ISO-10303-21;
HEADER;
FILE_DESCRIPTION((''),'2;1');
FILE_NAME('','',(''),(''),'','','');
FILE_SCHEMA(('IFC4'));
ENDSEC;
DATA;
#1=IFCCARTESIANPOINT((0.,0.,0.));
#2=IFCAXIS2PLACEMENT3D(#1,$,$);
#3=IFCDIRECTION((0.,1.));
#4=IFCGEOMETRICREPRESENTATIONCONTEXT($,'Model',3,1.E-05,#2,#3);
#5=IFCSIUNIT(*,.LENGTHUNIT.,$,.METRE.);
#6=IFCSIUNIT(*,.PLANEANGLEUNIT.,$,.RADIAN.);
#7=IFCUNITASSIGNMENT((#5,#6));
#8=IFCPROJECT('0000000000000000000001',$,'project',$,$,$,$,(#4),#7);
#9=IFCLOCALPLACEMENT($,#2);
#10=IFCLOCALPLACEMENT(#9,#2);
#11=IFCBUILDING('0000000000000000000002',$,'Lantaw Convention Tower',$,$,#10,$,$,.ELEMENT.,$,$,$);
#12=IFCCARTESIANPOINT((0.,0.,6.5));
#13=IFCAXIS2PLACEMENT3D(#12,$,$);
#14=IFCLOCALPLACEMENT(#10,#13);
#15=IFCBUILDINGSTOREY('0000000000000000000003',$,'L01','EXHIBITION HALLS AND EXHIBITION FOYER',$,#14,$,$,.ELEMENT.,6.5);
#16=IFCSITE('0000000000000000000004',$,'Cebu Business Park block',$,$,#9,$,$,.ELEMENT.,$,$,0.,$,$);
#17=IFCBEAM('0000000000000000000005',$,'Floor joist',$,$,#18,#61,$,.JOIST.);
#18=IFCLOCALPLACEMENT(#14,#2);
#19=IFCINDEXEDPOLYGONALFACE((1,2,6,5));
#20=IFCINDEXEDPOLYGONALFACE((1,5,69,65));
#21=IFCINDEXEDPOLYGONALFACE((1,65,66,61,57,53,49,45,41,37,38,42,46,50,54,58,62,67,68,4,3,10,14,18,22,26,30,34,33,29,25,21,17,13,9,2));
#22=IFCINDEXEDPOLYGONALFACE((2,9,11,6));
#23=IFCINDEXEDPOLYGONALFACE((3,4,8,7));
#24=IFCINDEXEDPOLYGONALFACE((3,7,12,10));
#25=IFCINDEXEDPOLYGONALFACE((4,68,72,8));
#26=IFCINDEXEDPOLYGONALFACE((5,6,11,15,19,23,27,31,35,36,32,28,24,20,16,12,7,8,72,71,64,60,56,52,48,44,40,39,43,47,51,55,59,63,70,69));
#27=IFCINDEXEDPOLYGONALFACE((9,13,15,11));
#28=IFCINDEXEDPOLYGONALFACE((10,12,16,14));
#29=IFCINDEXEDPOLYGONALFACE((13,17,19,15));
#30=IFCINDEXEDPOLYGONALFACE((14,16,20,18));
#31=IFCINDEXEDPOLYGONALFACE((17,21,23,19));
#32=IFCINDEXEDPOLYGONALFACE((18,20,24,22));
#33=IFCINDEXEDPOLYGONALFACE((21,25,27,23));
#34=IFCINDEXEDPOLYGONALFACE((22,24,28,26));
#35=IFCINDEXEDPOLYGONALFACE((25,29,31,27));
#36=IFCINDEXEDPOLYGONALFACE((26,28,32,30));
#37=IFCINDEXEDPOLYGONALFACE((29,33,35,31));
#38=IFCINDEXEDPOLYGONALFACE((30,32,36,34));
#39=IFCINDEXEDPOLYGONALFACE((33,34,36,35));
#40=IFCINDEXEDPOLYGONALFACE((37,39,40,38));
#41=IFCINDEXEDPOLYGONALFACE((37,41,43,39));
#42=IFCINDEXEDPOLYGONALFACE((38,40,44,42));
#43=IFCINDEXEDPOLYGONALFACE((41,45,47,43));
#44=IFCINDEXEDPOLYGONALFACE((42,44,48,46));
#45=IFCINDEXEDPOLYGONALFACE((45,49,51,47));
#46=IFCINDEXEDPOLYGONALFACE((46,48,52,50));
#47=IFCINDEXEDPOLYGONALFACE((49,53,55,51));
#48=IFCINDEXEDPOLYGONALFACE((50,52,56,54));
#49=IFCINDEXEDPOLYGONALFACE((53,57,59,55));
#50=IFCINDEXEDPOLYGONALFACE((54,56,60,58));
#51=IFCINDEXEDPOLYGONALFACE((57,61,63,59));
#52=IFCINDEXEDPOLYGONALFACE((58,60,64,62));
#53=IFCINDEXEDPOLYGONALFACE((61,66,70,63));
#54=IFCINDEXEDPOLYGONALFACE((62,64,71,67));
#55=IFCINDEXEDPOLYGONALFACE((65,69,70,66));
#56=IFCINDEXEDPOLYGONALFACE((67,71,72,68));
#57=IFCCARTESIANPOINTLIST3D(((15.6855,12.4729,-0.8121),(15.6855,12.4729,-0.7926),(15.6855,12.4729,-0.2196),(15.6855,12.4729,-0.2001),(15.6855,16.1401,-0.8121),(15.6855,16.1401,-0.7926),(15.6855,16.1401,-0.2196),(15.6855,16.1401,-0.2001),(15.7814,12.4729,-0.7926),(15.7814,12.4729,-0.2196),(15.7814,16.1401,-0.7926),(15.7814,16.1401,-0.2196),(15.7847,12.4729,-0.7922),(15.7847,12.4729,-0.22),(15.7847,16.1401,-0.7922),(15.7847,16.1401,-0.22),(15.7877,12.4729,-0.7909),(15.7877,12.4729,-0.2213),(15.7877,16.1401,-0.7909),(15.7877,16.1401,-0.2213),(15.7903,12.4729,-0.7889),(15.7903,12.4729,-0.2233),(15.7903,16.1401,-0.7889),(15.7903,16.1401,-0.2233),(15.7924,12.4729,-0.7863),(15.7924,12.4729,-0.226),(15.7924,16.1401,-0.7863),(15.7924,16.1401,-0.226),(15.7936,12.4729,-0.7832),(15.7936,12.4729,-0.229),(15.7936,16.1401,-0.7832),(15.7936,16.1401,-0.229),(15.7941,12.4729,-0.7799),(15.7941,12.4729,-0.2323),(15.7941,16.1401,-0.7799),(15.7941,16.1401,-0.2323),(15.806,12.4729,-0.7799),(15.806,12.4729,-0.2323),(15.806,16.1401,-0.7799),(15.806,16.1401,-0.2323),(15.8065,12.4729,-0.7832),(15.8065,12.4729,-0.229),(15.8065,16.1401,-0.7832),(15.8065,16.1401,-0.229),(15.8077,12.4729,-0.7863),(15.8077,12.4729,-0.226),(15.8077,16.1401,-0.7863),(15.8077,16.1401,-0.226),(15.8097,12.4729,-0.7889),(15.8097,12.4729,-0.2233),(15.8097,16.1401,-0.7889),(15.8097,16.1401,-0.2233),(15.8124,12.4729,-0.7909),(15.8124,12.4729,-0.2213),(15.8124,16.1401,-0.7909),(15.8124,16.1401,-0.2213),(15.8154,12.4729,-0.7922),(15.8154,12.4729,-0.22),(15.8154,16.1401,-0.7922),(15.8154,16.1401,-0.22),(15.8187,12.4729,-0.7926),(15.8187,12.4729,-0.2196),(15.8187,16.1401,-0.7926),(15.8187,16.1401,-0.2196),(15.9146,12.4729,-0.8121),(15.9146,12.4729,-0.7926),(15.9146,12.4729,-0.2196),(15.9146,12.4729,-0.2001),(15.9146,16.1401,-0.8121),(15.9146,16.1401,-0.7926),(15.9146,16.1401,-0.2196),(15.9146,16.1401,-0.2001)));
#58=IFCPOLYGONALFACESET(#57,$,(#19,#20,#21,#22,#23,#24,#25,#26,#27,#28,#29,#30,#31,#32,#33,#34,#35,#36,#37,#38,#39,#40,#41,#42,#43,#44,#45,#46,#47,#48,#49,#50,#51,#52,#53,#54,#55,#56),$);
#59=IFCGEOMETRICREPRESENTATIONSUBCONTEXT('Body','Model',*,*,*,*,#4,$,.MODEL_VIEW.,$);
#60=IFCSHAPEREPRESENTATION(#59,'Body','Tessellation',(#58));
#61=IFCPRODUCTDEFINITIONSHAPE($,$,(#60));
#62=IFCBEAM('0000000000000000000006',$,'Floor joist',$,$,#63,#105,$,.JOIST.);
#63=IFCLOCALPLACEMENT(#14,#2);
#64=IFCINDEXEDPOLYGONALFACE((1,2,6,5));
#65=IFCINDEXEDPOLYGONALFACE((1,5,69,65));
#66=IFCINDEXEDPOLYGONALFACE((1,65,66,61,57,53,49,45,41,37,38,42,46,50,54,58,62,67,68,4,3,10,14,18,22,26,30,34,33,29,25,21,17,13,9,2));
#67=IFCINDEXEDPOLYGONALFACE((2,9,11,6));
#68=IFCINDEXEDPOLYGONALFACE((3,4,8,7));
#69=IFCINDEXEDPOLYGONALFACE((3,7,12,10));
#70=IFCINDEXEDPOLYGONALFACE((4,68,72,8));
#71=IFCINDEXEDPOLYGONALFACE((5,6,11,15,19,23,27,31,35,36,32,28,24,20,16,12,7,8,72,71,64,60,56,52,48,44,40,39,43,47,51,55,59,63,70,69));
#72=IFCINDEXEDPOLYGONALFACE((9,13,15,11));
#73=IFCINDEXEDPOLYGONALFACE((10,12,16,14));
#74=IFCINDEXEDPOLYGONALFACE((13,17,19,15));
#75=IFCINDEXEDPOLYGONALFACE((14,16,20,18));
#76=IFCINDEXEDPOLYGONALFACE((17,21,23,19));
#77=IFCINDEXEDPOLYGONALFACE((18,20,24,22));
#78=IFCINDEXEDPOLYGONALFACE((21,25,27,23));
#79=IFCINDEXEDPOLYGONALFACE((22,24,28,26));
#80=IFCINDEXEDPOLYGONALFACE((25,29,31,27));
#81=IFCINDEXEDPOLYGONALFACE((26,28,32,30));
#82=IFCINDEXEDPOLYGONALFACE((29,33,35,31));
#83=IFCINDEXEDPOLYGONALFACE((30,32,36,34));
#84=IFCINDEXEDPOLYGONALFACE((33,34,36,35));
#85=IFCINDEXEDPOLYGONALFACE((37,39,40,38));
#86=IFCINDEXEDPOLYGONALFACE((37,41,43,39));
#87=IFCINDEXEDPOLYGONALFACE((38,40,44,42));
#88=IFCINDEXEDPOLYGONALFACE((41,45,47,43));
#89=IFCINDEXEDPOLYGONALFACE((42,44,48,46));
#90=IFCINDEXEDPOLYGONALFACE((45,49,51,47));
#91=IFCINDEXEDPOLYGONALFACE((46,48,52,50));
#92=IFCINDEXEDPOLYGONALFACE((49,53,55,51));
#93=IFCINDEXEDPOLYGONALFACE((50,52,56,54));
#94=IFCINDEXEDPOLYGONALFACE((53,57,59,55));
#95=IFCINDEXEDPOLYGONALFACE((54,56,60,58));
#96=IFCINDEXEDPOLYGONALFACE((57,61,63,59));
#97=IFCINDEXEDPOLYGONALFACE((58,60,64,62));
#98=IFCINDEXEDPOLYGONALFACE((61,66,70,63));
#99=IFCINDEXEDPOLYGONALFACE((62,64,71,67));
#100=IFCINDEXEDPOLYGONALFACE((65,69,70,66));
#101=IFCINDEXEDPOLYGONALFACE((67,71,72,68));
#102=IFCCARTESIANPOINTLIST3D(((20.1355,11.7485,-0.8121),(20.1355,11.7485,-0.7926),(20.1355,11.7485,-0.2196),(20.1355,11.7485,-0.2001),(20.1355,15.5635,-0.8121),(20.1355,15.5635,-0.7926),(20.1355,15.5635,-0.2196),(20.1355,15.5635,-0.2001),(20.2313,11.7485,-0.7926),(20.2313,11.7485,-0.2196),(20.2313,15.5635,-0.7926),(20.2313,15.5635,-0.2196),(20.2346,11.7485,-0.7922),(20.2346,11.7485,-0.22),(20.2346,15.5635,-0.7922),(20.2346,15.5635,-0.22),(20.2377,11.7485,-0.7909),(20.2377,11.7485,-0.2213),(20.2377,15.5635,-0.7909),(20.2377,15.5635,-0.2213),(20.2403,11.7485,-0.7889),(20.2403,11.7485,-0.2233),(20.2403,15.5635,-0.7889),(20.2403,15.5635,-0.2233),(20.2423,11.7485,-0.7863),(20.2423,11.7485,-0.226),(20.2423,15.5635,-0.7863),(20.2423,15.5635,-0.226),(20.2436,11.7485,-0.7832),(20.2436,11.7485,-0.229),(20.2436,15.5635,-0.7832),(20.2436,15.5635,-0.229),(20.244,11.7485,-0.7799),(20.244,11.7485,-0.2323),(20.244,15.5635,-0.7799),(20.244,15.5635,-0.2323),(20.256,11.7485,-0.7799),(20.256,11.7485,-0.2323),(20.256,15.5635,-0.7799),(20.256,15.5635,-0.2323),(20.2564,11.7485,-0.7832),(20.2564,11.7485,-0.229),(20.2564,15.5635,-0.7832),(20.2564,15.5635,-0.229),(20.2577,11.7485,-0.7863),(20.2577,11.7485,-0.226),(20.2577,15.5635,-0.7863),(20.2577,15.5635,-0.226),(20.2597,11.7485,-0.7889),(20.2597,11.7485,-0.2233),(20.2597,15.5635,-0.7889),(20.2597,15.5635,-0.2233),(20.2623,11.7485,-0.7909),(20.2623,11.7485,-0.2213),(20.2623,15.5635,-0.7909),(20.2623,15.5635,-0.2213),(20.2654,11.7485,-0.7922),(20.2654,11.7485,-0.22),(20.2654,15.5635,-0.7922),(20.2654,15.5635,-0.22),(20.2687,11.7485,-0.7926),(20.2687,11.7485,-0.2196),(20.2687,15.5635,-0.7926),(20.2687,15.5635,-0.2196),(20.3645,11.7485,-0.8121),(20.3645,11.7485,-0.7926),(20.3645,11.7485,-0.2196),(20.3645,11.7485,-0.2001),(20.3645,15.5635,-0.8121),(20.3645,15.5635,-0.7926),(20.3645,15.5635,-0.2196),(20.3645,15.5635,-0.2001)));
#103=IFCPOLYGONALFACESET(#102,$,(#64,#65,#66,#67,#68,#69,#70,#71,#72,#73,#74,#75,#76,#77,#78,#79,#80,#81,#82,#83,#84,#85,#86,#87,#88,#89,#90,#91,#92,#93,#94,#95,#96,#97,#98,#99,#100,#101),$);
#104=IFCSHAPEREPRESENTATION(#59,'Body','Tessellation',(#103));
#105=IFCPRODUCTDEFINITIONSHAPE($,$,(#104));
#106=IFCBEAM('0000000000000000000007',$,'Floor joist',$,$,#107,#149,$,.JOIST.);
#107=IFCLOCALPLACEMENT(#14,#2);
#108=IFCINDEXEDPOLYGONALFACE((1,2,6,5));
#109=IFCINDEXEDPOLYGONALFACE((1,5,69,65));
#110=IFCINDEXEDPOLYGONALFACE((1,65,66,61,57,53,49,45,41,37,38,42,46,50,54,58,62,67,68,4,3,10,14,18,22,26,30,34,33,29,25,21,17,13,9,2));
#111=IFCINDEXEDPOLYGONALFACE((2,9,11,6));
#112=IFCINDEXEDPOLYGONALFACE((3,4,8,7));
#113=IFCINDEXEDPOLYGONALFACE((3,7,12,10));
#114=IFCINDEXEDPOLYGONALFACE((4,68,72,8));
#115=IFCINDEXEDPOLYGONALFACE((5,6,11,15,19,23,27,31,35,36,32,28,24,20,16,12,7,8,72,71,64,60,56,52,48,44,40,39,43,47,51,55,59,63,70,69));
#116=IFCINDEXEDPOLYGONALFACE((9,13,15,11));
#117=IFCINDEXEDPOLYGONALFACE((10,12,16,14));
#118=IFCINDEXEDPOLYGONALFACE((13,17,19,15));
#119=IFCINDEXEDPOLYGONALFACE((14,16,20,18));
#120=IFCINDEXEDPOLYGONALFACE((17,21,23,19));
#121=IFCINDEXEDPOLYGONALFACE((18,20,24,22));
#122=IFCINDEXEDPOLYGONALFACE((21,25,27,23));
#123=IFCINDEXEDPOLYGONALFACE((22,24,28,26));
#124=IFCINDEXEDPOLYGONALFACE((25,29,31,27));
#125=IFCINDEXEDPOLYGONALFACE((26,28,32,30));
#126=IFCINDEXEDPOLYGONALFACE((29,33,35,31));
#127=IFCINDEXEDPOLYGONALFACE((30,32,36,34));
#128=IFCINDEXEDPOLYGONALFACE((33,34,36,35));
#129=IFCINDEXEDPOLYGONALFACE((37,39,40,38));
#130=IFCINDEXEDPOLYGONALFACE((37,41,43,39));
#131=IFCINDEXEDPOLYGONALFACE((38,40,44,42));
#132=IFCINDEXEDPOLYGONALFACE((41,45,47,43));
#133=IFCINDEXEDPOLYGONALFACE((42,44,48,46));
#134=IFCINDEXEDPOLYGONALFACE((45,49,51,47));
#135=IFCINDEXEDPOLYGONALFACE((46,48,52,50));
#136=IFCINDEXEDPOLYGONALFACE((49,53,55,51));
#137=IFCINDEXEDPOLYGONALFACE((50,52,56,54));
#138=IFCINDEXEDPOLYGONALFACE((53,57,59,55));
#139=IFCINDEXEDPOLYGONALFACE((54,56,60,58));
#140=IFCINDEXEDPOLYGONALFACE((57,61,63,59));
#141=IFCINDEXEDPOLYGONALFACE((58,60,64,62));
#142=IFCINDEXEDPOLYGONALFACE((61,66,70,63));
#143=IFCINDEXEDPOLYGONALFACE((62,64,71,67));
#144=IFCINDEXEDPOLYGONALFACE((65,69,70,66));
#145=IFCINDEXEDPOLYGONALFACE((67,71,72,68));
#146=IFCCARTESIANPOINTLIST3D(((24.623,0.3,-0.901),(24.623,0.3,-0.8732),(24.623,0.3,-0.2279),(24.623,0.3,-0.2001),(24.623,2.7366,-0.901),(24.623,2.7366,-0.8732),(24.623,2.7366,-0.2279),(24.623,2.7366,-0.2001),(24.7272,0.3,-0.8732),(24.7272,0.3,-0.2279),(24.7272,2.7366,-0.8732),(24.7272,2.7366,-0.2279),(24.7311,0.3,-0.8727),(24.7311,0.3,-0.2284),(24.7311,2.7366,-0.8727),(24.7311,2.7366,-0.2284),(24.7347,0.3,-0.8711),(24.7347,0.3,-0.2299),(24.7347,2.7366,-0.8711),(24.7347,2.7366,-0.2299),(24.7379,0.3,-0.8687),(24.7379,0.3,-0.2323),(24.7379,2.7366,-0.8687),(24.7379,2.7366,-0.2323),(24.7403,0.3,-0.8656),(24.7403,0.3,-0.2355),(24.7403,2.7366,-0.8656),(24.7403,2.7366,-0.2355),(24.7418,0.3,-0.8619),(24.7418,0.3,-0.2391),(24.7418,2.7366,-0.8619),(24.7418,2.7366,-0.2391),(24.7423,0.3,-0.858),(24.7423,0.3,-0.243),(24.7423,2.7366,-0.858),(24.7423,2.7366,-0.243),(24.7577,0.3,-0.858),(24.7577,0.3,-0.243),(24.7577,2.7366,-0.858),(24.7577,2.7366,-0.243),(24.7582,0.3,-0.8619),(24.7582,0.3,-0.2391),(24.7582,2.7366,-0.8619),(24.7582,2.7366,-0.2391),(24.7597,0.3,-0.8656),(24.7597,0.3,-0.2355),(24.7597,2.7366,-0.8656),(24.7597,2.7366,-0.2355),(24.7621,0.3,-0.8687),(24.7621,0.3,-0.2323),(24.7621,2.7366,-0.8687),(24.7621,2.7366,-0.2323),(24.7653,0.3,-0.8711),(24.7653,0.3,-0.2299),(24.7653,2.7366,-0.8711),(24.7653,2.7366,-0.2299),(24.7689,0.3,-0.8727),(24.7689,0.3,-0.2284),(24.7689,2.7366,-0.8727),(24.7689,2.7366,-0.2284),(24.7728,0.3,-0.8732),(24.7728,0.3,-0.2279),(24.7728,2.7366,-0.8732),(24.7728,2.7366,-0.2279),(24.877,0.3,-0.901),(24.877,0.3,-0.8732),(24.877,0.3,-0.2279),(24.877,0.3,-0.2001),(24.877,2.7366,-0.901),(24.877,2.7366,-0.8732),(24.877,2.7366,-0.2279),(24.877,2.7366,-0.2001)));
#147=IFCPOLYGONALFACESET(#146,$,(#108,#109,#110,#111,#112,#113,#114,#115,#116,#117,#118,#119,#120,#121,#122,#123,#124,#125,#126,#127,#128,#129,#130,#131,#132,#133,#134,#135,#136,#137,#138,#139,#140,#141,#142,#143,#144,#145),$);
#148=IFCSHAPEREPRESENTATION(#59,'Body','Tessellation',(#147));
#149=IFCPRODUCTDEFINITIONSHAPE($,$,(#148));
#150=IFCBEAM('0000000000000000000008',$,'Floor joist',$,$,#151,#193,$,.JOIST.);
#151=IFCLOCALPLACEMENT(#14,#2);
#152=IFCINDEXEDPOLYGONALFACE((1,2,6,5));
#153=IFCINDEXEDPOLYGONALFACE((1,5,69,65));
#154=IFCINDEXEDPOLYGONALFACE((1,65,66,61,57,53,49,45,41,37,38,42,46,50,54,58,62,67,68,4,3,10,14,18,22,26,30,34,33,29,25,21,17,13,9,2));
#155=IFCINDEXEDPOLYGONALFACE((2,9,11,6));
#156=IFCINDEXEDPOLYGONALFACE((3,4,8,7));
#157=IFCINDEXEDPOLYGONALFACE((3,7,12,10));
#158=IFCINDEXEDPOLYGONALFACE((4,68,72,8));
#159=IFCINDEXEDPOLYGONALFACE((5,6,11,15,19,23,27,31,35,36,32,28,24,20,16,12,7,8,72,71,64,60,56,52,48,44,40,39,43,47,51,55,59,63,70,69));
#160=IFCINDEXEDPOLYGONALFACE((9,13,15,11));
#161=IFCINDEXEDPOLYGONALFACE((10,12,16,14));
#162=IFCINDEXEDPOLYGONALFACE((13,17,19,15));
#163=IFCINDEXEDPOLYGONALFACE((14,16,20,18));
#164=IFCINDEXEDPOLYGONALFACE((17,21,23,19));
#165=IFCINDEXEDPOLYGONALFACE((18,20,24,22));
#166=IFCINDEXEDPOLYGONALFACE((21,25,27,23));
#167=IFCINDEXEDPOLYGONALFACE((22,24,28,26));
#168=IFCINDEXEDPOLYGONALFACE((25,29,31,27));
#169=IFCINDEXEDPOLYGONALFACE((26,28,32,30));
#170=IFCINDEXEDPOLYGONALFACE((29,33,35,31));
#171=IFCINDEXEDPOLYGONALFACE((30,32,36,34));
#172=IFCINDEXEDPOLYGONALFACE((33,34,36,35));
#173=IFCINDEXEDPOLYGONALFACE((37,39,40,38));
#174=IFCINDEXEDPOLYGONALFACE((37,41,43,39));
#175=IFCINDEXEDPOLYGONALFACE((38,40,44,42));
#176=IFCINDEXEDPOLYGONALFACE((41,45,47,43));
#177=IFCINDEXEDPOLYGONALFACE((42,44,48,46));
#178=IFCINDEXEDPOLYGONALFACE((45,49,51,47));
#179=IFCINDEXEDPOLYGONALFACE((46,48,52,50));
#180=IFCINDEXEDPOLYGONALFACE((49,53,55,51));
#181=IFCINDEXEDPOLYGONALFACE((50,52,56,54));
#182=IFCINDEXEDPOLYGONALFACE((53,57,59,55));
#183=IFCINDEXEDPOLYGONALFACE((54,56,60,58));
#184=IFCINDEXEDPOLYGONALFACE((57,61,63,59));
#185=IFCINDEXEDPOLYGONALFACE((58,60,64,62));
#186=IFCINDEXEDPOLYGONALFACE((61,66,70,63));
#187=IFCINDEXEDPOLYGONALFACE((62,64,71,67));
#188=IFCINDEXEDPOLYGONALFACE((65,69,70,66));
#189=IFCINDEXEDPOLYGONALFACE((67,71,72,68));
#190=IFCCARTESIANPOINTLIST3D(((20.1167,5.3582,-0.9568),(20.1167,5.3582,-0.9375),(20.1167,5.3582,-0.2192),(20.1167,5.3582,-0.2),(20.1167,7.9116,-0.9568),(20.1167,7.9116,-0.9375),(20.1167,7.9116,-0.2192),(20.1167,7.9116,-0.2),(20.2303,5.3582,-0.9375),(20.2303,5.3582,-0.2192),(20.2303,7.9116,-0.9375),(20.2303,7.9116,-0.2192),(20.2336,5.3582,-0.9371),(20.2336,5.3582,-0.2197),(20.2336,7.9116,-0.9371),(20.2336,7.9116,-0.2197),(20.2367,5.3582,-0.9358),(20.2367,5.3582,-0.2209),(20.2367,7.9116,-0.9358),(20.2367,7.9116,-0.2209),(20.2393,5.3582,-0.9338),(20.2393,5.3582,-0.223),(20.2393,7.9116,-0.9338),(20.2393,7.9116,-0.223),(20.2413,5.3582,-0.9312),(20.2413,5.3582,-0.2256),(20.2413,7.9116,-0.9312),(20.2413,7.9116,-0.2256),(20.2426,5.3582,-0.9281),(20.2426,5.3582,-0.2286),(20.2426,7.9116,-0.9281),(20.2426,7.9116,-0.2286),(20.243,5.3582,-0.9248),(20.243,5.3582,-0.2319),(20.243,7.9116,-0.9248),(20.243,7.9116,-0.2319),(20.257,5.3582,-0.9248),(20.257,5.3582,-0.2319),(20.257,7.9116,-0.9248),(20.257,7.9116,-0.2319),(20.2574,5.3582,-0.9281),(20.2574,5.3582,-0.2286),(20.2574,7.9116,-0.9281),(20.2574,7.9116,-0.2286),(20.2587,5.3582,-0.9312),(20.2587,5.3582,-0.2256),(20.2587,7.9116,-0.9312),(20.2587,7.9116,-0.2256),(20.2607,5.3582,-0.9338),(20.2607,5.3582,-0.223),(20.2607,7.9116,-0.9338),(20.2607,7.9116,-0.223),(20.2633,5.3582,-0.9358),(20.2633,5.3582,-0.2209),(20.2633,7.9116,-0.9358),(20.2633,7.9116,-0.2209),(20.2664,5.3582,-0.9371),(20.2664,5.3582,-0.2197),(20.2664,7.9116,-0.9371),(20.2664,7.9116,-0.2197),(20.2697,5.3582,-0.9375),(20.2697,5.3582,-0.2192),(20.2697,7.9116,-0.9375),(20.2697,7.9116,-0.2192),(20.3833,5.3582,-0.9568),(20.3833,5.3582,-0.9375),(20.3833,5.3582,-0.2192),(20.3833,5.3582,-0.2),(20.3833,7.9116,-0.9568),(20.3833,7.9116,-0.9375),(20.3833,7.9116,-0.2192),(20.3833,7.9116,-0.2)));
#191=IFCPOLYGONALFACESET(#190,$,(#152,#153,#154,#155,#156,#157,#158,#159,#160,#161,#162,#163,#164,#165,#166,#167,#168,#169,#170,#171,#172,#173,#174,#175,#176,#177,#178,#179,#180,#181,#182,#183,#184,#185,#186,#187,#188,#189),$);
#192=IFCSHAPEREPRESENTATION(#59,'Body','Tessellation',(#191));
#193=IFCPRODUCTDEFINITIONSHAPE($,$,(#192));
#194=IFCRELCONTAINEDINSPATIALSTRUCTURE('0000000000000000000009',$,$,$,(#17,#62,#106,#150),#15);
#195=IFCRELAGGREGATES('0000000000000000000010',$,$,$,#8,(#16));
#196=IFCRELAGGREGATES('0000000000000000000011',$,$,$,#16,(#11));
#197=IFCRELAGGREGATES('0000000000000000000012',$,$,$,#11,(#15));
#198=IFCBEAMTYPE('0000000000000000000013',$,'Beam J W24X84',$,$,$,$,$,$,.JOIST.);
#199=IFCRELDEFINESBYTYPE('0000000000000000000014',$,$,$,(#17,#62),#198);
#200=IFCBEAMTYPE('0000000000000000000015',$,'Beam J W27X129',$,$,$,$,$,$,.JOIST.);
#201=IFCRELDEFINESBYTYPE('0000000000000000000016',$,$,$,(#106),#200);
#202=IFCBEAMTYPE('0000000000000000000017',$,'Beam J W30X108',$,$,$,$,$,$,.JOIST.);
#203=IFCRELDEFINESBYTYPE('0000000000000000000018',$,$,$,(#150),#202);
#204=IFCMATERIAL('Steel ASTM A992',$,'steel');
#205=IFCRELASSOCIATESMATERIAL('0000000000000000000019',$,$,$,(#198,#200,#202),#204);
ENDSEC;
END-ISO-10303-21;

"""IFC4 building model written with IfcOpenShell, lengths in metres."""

from ifc_helpers import new_model, si_unit, direction, frame, origin, origin_2d, place, context, subcontext, project, spatial, i_section, extrude, material, material_profile, profile_set, type_object, element, save


model = new_model("IFC4")

# Units and contexts
model_context = context("Model", 3, precision=1e-05, world=origin(), true_north=direction((0.0, 1.0)))
body_context = subcontext(model_context, "Body", "Model", "MODEL_VIEW")
ifc_project = project(units=[si_unit("LENGTHUNIT", "METRE"), si_unit("PLANEANGLEUNIT", "RADIAN")], contexts=[model_context])

# Site, building, storey
site_placement = place(None, origin())
site = spatial("IfcSite", under=ifc_project, at=site_placement, Name="Cebu Business Park block", CompositionType="ELEMENT", RefElevation=0.0)
building_placement = place(site_placement, origin())
building = spatial("IfcBuilding", under=site, at=building_placement, Name="Lantaw Convention Tower", CompositionType="ELEMENT")
storey_placement = place(building_placement, frame((0.0, 0.0, 6.5)))
storey = spatial("IfcBuildingStorey", under=building, at=storey_placement, Name="L01", Description="EXHIBITION HALLS AND EXHIBITION FOYER", CompositionType="ELEMENT", Elevation=6.5)

# Beams
ifc_material_1 = material(Name="Steel ASTM A992", Category="steel")
ifc_material_profile_1 = material_profile(ifc_material_1, i_section(OverallWidth=0.229, OverallDepth=0.6121, WebThickness=0.012, FlangeThickness=0.0195, FilletRadius=0.0127, at=origin_2d()), Name="W24X84")
ifc_profile_set_1 = profile_set([ifc_material_profile_1], Name="Steel ASTM A992")
beam_type_1 = type_object("IfcBeamType", Name="Beam J W24X84", PredefinedType="JOIST", material=ifc_profile_set_1)
beam_1_placement = place(storey_placement, frame((15.8, 12.4729, -0.5061), z_axis=(0.0, 1.0, 0.0), x_axis=(-1.0, 0.0, 0.0)))
element("IfcBeam", 1, at=beam_1_placement, inside=storey, type_object=beam_type_1, Name="Floor joist", PredefinedType="JOIST", context=body_context, shape_type="SweptSolid", body=[
    extrude(i_section(OverallWidth=0.229, OverallDepth=0.6121, WebThickness=0.012, FlangeThickness=0.0195, FilletRadius=0.0127, at=origin_2d()), origin(), (0.0, 0.0, 1.0), 3.6672),
])
beam_2_placement = place(storey_placement, frame((20.25, 11.7485, -0.5061), z_axis=(0.0, 1.0, 0.0), x_axis=(-1.0, 0.0, 0.0)))
element("IfcBeam", 2, at=beam_2_placement, inside=storey, type_object=beam_type_1, Name="Floor joist", PredefinedType="JOIST", context=body_context, shape_type="SweptSolid", body=[
    extrude(i_section(OverallWidth=0.229, OverallDepth=0.6121, WebThickness=0.012, FlangeThickness=0.0195, FilletRadius=0.0127, at=origin_2d()), origin(), (0.0, 0.0, 1.0), 3.8149),
])
ifc_material_profile_2 = material_profile(ifc_material_1, i_section(OverallWidth=0.2539, OverallDepth=0.7009, WebThickness=0.0154, FlangeThickness=0.0278, FilletRadius=0.0151, at=origin_2d()), Name="W27X129")
ifc_profile_set_2 = profile_set([ifc_material_profile_2], Name="Steel ASTM A992")
beam_type_2 = type_object("IfcBeamType", Name="Beam J W27X129", PredefinedType="JOIST", material=ifc_profile_set_2)
beam_3_placement = place(storey_placement, frame((24.75, 0.3, -0.5505), z_axis=(0.0, 1.0, 0.0), x_axis=(-1.0, 0.0, 0.0)))
element("IfcBeam", 3, at=beam_3_placement, inside=storey, type_object=beam_type_2, Name="Floor joist", PredefinedType="JOIST", context=body_context, shape_type="SweptSolid", body=[
    extrude(i_section(OverallWidth=0.2539, OverallDepth=0.7009, WebThickness=0.0154, FlangeThickness=0.0278, FilletRadius=0.0151, at=origin_2d()), origin(), (0.0, 0.0, 1.0), 2.4365),
])
ifc_material_profile_3 = material_profile(ifc_material_1, i_section(OverallWidth=0.2666, OverallDepth=0.7568, WebThickness=0.0139, FlangeThickness=0.0193, FilletRadius=0.0127, at=origin_2d()), Name="W30X108")
ifc_profile_set_3 = profile_set([ifc_material_profile_3], Name="Steel ASTM A992")
beam_type_3 = type_object("IfcBeamType", Name="Beam J W30X108", PredefinedType="JOIST", material=ifc_profile_set_3)
beam_4_placement = place(storey_placement, frame((20.25, 5.3582, -0.5784), z_axis=(0.0, 1.0, 0.0), x_axis=(-1.0, 0.0, 0.0)))
element("IfcBeam", 4, at=beam_4_placement, inside=storey, type_object=beam_type_3, Name="Floor joist", PredefinedType="JOIST", context=body_context, shape_type="SweptSolid", body=[
    extrude(i_section(OverallWidth=0.2666, OverallDepth=0.7568, WebThickness=0.0139, FlangeThickness=0.0193, FilletRadius=0.0127, at=origin_2d()), origin(), (0.0, 0.0, 1.0), 2.5535),
])

save(model, "model.ifc")
